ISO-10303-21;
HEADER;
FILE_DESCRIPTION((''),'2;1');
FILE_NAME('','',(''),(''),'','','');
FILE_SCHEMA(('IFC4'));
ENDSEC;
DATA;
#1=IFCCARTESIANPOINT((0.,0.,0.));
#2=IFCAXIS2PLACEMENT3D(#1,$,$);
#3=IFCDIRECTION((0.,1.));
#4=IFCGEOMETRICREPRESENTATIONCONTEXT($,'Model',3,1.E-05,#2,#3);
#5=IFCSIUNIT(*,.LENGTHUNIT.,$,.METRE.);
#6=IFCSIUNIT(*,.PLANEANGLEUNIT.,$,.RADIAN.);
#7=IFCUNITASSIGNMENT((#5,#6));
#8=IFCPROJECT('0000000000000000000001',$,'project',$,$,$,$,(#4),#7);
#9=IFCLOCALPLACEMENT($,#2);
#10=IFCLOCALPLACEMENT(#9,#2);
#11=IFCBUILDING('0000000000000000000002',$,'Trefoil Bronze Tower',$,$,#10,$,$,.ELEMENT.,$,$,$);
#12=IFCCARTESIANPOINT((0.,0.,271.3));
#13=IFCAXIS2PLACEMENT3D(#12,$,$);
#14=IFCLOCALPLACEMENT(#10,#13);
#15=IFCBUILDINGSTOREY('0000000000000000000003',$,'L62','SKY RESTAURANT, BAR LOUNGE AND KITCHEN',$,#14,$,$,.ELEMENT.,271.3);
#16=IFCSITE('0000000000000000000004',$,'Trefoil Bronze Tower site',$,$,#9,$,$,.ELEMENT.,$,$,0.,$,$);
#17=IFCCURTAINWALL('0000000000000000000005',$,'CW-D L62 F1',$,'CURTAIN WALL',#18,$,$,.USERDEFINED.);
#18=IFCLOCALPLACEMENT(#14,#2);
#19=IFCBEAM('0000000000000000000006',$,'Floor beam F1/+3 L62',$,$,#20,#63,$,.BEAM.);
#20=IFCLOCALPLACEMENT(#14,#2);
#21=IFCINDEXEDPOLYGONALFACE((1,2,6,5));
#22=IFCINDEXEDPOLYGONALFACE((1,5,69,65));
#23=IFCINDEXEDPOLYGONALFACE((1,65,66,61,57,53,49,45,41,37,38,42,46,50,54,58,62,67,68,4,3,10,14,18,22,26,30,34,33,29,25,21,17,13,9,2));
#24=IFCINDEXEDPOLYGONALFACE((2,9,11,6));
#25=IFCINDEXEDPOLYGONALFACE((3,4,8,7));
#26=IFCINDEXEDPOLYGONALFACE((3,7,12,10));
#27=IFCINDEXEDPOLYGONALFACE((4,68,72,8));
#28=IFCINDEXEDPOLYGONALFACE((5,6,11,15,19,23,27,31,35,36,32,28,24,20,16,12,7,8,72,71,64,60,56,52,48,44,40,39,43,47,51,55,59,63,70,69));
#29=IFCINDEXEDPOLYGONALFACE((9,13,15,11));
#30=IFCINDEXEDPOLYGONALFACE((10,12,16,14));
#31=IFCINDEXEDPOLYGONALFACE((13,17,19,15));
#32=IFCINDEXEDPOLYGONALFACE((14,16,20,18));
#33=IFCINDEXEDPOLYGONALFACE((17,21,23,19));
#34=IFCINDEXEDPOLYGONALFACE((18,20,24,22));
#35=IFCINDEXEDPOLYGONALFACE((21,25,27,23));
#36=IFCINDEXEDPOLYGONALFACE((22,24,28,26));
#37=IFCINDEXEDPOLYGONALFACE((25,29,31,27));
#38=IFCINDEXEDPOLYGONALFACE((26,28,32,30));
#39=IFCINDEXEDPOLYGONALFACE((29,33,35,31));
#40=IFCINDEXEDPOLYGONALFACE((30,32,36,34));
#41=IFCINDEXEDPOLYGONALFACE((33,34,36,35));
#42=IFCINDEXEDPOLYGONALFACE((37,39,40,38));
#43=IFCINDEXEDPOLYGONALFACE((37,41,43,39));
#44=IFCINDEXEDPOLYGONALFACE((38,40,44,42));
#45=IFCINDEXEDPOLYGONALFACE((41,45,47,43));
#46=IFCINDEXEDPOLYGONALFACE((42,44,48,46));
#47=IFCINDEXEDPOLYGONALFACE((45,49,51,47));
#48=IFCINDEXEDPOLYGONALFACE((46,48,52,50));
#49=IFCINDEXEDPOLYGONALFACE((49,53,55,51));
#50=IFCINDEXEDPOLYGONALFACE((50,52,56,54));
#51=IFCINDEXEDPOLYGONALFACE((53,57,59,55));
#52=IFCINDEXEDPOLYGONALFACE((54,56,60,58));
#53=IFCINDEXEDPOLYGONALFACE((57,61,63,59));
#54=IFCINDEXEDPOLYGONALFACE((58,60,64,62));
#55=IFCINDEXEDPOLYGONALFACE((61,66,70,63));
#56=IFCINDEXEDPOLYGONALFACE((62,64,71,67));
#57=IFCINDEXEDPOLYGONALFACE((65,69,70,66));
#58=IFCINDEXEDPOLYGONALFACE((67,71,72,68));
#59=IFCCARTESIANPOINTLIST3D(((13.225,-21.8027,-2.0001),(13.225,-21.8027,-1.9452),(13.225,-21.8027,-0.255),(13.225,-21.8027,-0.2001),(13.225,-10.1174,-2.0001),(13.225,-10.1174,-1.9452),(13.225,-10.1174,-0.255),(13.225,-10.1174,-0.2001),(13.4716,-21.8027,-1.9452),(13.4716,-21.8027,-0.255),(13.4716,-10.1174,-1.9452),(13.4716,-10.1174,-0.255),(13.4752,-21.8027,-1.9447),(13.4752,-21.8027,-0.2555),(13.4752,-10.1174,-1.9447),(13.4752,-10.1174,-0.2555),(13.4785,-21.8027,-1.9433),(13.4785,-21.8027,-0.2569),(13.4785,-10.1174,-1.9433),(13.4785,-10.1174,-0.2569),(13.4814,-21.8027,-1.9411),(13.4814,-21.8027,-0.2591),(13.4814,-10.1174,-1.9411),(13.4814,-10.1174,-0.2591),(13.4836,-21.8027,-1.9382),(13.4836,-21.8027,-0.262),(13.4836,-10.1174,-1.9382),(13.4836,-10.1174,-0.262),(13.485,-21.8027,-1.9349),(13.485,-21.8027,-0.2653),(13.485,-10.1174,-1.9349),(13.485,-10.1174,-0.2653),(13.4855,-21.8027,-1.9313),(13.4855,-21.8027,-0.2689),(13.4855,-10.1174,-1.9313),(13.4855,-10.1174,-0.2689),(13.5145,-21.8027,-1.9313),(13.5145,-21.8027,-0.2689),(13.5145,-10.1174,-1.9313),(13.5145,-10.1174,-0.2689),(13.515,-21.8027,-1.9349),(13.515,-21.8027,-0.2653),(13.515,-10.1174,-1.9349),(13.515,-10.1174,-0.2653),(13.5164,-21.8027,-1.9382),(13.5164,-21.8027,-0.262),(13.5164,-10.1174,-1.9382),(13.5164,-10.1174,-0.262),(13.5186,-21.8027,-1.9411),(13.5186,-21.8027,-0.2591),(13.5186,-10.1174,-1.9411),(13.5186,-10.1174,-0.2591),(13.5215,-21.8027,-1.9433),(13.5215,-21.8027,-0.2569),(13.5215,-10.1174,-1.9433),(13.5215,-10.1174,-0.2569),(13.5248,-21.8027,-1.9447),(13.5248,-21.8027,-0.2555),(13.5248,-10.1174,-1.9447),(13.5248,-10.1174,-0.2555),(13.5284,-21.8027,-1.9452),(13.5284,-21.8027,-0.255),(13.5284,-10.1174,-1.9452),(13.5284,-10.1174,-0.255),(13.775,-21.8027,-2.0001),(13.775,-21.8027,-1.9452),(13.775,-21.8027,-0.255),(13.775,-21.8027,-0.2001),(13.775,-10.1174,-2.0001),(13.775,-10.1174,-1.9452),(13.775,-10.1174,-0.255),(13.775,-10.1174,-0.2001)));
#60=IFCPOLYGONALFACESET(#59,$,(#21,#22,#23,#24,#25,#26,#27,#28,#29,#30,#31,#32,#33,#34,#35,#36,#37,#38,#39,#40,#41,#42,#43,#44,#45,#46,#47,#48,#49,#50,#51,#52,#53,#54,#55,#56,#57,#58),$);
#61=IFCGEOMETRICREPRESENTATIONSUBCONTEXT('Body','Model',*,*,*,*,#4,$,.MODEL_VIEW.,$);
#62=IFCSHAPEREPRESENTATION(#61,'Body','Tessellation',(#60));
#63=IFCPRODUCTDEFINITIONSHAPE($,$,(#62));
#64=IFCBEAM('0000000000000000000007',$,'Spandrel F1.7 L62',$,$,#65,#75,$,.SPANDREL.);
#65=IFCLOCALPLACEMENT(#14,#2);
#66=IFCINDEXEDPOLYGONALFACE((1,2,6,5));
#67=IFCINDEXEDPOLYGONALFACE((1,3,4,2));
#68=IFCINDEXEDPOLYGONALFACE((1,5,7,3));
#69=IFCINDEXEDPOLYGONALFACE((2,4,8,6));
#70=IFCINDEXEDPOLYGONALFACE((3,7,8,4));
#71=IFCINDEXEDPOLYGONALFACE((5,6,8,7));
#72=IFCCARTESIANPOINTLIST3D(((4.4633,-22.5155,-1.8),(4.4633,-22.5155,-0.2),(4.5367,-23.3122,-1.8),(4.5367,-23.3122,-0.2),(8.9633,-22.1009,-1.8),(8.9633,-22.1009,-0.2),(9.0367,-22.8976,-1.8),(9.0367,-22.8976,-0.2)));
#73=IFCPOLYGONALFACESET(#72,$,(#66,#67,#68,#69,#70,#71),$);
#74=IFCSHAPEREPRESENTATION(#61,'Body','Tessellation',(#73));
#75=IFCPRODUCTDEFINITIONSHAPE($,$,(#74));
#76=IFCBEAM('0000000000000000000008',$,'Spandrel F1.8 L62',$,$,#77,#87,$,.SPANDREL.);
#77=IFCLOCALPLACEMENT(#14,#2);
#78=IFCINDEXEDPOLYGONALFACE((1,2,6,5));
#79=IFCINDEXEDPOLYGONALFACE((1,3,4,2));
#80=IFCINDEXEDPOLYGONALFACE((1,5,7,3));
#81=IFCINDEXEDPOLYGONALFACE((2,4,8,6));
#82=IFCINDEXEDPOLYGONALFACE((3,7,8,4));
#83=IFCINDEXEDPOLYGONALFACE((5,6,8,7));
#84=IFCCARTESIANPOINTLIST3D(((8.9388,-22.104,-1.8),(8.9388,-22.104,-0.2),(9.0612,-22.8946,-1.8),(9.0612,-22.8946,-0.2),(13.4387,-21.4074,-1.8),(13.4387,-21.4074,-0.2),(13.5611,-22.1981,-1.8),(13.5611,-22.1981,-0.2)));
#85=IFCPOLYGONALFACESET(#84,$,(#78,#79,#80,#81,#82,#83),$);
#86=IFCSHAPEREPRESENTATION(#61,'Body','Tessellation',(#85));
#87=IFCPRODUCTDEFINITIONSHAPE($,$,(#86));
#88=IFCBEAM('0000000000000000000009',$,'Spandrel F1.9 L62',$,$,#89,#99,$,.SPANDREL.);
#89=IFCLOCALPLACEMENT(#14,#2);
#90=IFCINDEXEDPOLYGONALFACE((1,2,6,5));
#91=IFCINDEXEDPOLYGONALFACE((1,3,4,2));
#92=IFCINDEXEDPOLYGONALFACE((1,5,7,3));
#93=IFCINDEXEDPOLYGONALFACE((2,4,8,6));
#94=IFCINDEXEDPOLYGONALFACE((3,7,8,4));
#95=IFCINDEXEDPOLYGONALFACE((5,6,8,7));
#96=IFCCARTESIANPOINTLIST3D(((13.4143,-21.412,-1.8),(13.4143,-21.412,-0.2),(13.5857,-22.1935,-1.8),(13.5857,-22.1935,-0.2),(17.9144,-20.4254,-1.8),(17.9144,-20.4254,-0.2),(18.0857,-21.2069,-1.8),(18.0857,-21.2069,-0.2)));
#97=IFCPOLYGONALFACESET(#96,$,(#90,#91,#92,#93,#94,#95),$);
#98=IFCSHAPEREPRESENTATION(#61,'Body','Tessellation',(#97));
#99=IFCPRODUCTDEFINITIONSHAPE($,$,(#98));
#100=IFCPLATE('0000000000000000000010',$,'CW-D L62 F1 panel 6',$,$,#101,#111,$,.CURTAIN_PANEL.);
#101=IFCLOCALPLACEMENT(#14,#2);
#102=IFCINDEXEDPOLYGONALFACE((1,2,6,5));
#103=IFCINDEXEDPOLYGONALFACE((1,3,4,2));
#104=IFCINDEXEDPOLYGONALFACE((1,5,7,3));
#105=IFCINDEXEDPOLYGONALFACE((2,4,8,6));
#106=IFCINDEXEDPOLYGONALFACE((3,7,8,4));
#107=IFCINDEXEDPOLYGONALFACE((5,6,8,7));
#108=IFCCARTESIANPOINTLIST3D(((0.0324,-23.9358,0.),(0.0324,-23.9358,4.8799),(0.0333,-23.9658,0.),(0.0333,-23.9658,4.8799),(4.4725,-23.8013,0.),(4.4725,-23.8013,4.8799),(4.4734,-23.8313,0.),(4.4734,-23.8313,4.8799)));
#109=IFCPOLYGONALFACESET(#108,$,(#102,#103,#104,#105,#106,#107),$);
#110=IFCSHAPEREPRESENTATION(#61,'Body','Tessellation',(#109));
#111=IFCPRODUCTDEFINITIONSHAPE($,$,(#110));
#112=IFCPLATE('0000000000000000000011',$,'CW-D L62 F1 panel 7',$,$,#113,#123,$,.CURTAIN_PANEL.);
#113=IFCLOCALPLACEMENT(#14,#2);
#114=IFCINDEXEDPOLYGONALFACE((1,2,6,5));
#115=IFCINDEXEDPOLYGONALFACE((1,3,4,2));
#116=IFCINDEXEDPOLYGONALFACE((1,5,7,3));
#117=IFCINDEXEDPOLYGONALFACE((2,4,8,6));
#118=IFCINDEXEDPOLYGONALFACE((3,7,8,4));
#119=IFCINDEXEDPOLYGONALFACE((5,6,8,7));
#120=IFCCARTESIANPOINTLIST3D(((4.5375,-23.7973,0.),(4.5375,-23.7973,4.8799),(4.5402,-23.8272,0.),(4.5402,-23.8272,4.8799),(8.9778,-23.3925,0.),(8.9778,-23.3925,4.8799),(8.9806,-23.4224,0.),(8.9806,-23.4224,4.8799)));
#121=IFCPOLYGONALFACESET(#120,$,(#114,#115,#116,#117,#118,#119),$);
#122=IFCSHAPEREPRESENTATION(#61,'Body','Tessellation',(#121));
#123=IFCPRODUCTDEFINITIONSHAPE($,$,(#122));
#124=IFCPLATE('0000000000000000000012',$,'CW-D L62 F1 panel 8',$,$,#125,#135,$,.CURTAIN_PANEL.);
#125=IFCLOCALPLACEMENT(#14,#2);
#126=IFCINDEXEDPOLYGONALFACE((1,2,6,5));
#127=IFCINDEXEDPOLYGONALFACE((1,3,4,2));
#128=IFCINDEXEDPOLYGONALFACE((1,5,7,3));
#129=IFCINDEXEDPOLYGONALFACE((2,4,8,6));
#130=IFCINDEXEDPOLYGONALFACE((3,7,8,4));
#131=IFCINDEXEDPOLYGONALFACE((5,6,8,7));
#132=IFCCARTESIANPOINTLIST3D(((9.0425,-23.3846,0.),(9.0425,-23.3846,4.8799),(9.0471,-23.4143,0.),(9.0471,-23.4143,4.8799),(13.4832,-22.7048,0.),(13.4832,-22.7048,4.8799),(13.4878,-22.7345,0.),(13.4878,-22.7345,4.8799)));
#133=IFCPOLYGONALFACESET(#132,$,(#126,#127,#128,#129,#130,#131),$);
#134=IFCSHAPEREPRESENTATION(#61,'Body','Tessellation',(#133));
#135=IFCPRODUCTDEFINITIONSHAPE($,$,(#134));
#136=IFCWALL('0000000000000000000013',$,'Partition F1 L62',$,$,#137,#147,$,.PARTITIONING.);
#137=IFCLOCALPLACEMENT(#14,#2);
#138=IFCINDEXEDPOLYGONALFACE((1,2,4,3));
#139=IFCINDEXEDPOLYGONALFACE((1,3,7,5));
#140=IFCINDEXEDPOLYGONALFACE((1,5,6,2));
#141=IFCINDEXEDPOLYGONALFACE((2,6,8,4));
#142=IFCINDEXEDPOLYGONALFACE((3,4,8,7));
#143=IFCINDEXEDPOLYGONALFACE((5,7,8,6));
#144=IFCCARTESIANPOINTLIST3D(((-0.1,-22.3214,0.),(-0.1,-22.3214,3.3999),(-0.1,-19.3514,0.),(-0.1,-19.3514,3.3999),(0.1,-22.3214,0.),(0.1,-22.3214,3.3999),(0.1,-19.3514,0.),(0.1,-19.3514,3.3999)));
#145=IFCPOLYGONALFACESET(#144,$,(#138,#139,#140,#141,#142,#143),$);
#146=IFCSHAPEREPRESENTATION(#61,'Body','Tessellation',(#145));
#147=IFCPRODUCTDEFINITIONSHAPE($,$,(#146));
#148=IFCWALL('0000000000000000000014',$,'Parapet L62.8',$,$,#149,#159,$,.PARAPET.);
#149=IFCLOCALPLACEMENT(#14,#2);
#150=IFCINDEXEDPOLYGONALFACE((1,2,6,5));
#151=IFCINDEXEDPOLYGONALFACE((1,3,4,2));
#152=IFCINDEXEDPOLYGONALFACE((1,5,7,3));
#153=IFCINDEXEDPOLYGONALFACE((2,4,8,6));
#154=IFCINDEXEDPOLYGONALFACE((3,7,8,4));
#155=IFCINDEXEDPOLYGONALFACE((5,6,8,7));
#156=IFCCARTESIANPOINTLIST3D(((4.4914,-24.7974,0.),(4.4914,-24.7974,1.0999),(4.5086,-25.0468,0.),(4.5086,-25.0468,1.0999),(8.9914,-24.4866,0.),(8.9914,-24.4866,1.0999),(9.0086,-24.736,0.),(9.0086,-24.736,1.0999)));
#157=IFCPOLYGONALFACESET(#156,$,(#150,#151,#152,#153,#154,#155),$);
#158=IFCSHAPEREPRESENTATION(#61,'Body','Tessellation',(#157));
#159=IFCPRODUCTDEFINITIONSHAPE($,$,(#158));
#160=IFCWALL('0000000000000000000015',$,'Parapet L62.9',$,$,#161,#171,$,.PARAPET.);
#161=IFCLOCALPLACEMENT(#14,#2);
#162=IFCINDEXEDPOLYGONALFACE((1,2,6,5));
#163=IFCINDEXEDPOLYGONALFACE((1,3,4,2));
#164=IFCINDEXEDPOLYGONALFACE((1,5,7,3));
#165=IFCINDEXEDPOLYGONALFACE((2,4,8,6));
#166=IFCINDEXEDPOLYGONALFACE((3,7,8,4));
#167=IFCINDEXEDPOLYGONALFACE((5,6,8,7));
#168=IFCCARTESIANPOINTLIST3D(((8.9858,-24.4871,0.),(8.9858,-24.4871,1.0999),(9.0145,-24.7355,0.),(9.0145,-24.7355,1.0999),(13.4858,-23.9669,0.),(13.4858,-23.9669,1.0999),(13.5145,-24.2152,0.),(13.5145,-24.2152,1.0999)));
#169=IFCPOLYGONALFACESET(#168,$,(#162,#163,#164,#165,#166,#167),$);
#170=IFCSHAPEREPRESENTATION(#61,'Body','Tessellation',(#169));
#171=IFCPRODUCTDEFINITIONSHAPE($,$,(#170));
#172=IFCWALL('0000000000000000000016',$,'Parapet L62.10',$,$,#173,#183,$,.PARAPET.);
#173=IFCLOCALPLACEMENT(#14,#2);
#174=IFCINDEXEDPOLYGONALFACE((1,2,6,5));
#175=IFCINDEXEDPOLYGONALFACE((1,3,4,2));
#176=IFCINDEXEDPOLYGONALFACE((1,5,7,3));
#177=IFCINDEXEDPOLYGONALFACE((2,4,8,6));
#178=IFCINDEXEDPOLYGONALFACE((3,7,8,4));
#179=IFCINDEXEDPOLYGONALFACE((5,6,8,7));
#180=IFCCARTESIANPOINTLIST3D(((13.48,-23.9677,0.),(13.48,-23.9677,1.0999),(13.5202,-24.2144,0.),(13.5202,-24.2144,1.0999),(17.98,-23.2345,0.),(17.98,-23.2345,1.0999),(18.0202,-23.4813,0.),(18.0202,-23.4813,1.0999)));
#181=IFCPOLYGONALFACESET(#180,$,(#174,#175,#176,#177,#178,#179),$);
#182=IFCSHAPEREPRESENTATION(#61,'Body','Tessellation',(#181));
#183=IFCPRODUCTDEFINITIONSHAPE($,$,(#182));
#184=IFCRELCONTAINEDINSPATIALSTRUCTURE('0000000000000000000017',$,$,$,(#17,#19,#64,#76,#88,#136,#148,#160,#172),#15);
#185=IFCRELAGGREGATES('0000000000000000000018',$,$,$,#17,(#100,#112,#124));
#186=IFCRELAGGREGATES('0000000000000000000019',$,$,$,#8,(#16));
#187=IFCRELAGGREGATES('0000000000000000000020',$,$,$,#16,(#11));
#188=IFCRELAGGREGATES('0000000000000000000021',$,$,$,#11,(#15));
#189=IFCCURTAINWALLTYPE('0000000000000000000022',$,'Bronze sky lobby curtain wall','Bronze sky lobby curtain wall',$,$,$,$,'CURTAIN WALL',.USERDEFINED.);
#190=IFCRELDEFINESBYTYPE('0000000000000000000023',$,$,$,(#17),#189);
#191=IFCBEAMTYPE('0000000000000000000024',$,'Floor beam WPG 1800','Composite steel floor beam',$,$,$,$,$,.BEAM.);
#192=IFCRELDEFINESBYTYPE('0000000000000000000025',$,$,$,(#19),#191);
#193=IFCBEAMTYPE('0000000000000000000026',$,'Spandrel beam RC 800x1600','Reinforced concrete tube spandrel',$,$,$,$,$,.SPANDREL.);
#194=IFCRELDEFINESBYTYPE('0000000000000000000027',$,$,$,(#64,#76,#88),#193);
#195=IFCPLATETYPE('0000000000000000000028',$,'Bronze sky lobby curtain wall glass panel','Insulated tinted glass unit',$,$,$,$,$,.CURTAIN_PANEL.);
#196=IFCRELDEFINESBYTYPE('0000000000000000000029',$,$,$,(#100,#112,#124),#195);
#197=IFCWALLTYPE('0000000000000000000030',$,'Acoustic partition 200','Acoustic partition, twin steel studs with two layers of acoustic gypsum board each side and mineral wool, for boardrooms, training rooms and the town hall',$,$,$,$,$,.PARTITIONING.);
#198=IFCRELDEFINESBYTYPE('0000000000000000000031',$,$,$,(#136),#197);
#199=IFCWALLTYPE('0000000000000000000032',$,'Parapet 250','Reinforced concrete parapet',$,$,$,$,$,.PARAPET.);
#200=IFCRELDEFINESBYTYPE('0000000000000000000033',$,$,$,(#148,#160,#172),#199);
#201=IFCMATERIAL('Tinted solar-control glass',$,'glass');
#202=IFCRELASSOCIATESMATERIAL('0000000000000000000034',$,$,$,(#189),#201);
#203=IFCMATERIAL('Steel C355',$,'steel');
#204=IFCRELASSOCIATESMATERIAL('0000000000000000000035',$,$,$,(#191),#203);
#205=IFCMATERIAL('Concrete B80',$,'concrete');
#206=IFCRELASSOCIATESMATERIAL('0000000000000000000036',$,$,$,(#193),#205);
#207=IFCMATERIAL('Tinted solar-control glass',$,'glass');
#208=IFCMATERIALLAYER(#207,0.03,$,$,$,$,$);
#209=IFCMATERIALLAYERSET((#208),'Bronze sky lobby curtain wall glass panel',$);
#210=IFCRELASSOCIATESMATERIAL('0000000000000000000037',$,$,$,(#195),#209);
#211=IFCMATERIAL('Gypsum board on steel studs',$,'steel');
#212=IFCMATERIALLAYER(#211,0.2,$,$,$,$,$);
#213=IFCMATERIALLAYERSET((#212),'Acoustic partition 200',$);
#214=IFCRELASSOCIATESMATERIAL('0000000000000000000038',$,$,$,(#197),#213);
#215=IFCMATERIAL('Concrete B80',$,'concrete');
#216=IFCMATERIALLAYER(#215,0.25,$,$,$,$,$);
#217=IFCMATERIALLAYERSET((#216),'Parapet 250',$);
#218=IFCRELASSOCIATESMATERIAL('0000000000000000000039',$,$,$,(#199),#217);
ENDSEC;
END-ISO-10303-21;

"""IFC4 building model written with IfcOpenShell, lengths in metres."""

from ifc_helpers import new_model, si_unit, direction, frame, frame_2d, origin, origin_2d, place, context, subcontext, project, spatial, rectangle, i_section, extrude, material, layer, layer_set, material_profile, profile_set, type_object, element, aggregate, save


model = new_model("IFC4")

# Units and contexts
model_context = context("Model", 3, precision=1e-05, world=origin(), true_north=direction((0.0, 1.0)))
body_context = subcontext(model_context, "Body", "Model", "MODEL_VIEW")
ifc_project = project(units=[si_unit("LENGTHUNIT", "METRE"), si_unit("PLANEANGLEUNIT", "RADIAN")], contexts=[model_context])

# Site, building, storey
site_placement = place(None, origin())
site = spatial("IfcSite", under=ifc_project, at=site_placement, Name="Trefoil Bronze Tower site", CompositionType="ELEMENT", RefElevation=0.0)
building_placement = place(site_placement, origin())
building = spatial("IfcBuilding", under=site, at=building_placement, Name="Trefoil Bronze Tower", CompositionType="ELEMENT")
storey_placement = place(building_placement, frame((0.0, 0.0, 271.3)))
storey = spatial("IfcBuildingStorey", under=building, at=storey_placement, Name="L62", Description="SKY RESTAURANT, BAR LOUNGE AND KITCHEN", CompositionType="ELEMENT", Elevation=271.3)

# Curtain wall
ifc_material_1 = material(Name="Tinted solar-control glass", Category="glass")
curtain_wall_type = type_object("IfcCurtainWallType", Name="Bronze sky lobby curtain wall", Description="Bronze sky lobby curtain wall", ElementType="CURTAIN WALL", PredefinedType="USERDEFINED", material=ifc_material_1)
curtain_wall_placement = place(storey_placement, origin())
curtain_wall = element("IfcCurtainWall", 1, at=curtain_wall_placement, inside=storey, type_object=curtain_wall_type, Name="CW-D L62 F1", ObjectType="CURTAIN WALL", PredefinedType="USERDEFINED")

# Beams
ifc_material_2 = material(Name="Steel C355", Category="steel")
ifc_material_profile_1 = material_profile(ifc_material_2, i_section(OverallWidth=0.55, OverallDepth=1.8, WebThickness=0.0291, FlangeThickness=0.0549, FilletRadius=0.0139, at=origin_2d()), Name="WPG 1800")
ifc_profile_set_1 = profile_set([ifc_material_profile_1], Name="Steel C355")
beam_type_1 = type_object("IfcBeamType", Name="Floor beam WPG 1800", Description="Composite steel floor beam", PredefinedType="BEAM", material=ifc_profile_set_1)
beam_1_placement = place(storey_placement, frame((13.5, -21.8027, -1.1001), z_axis=(0.0, 1.0, 0.0), x_axis=(-1.0, 0.0, 0.0)))
element("IfcBeam", 2, at=beam_1_placement, inside=storey, type_object=beam_type_1, Name="Floor beam F1/+3 L62", PredefinedType="BEAM", context=body_context, shape_type="SweptSolid", body=[
    extrude(i_section(OverallWidth=0.55, OverallDepth=1.8, WebThickness=0.0291, FlangeThickness=0.0549, FilletRadius=0.0139, at=origin_2d()), origin(), (0.0, 0.0, 1.0), 11.6853),
])
ifc_material_3 = material(Name="Concrete B80", Category="concrete")
ifc_material_profile_2 = material_profile(ifc_material_3, rectangle(XDim=0.8, YDim=1.6001, at=origin_2d()), Name="RC 800x1600")
ifc_profile_set_2 = profile_set([ifc_material_profile_2], Name="Concrete B80")
beam_type_2 = type_object("IfcBeamType", Name="Spandrel beam RC 800x1600", Description="Reinforced concrete tube spandrel", PredefinedType="SPANDREL", material=ifc_profile_set_2)
beam_2_placement = place(storey_placement, frame((4.5, -22.9138, -1.0), z_axis=(0.995784, 0.091734, 0.0), x_axis=(-0.091734, 0.995784, 0.0)))
element("IfcBeam", 3, at=beam_2_placement, inside=storey, type_object=beam_type_2, Name="Spandrel F1.7 L62", PredefinedType="SPANDREL", context=body_context, shape_type="SweptSolid", body=[
    extrude(rectangle(XDim=0.8, YDim=1.6001, at=origin_2d()), origin(), (0.0, 0.0, 1.0), 4.519),
])
beam_3_placement = place(storey_placement, frame((9.0, -22.4993, -1.0), z_axis=(0.988232, 0.152964, 0.0), x_axis=(-0.152964, 0.988232, 0.0)))
element("IfcBeam", 4, at=beam_3_placement, inside=storey, type_object=beam_type_2, Name="Spandrel F1.8 L62", PredefinedType="SPANDREL", context=body_context, shape_type="SweptSolid", body=[
    extrude(rectangle(XDim=0.8, YDim=1.6001, at=origin_2d()), origin(), (0.0, 0.0, 1.0), 4.5535),
])
beam_4_placement = place(storey_placement, frame((13.5, -21.8027, -1.0), z_axis=(0.9768, 0.214152, 0.0), x_axis=(-0.214152, 0.9768, 0.0)))
element("IfcBeam", 5, at=beam_4_placement, inside=storey, type_object=beam_type_2, Name="Spandrel F1.9 L62", PredefinedType="SPANDREL", context=body_context, shape_type="SweptSolid", body=[
    extrude(rectangle(XDim=0.8, YDim=1.6001, at=origin_2d()), origin(), (0.0, 0.0, 1.0), 4.6069),
])

# Plates
ifc_material_4 = material(Name="Tinted solar-control glass", Category="glass")
ifc_layer_1 = layer(ifc_material_4, 0.03)
ifc_layer_set_1 = layer_set([ifc_layer_1], Name="Bronze sky lobby curtain wall glass panel")
plate_type = type_object("IfcPlateType", Name="Bronze sky lobby curtain wall glass panel", Description="Insulated tinted glass unit", PredefinedType="CURTAIN_PANEL", material=ifc_layer_set_1)
plate_1_placement = place(storey_placement, frame((2.2529, -23.8835, 0.0), z_axis=(0.0, 0.0, 1.0), x_axis=(0.999542, 0.030263, 0.0)))
plate_1 = element("IfcPlate", 6, at=plate_1_placement, type_object=plate_type, Name="CW-D L62 F1 panel 6", PredefinedType="CURTAIN_PANEL", context=body_context, shape_type="SweptSolid", body=[
    extrude(rectangle(XDim=4.4421, YDim=0.03, at=origin_2d()), origin(), (0.0, 0.0, 1.0), 4.8799),
])
plate_2_placement = place(storey_placement, frame((6.759, -23.6099, 0.0), z_axis=(0.0, 0.0, 1.0), x_axis=(0.99587, 0.090789, 0.0)))
plate_2 = element("IfcPlate", 7, at=plate_2_placement, type_object=plate_type, Name="CW-D L62 F1 panel 7", PredefinedType="CURTAIN_PANEL", context=body_context, shape_type="SweptSolid", body=[
    extrude(rectangle(XDim=4.4587, YDim=0.03, at=origin_2d()), origin(), (0.0, 0.0, 1.0), 4.8799),
])
plate_3_placement = place(storey_placement, frame((11.2651, -23.0596, 0.0), z_axis=(0.0, 0.0, 1.0), x_axis=(0.988485, 0.151317, 0.0)))
plate_3 = element("IfcPlate", 8, at=plate_3_placement, type_object=plate_type, Name="CW-D L62 F1 panel 8", PredefinedType="CURTAIN_PANEL", context=body_context, shape_type="SweptSolid", body=[
    extrude(rectangle(XDim=4.4924, YDim=0.03, at=origin_2d()), origin(), (0.0, 0.0, 1.0), 4.8799),
])
aggregate(curtain_wall, [plate_1, plate_2, plate_3])

# Walls
ifc_material_5 = material(Name="Gypsum board on steel studs", Category="steel")
ifc_layer_2 = layer(ifc_material_5, 0.2)
ifc_layer_set_2 = layer_set([ifc_layer_2], Name="Acoustic partition 200")
wall_type_1 = type_object("IfcWallType", Name="Acoustic partition 200", Description="Acoustic partition, twin steel studs with two layers of acoustic gypsum board each side and mineral wool, for boardrooms, training rooms and the town hall", PredefinedType="PARTITIONING", material=ifc_layer_set_2)
wall_1_placement = place(storey_placement, frame((0.0, -19.3516, 0.0), z_axis=(0.0, 0.0, 1.0), x_axis=(0.0, -1.0, 0.0)))
element("IfcWall", 9, at=wall_1_placement, inside=storey, type_object=wall_type_1, Name="Partition F1 L62", PredefinedType="PARTITIONING", context=body_context, shape_type="SweptSolid", body=[
    extrude(rectangle(XDim=2.97, YDim=0.2, at=frame_2d((1.4849, 0.0))), origin(), (0.0, 0.0, 1.0), 3.3999),
])
ifc_material_6 = material(Name="Concrete B80", Category="concrete")
ifc_layer_3 = layer(ifc_material_6, 0.25)
ifc_layer_set_3 = layer_set([ifc_layer_3], Name="Parapet 250")
wall_type_2 = type_object("IfcWallType", Name="Parapet 250", Description="Reinforced concrete parapet", PredefinedType="PARAPET", material=ifc_layer_set_3)
wall_2_placement = place(storey_placement, frame((4.5, -24.9221, 0.0), z_axis=(0.0, 0.0, 1.0), x_axis=(0.997624, 0.068901, 0.0)))
element("IfcWall", 10, at=wall_2_placement, inside=storey, type_object=wall_type_2, Name="Parapet L62.8", PredefinedType="PARAPET", context=body_context, shape_type="SweptSolid", body=[
    extrude(rectangle(XDim=4.5107, YDim=0.25, at=frame_2d((2.2554, 0.0))), origin(), (0.0, 0.0, 1.0), 1.0999),
])
wall_3_placement = place(storey_placement, frame((9.0, -24.6113, 0.0), z_axis=(0.0, 0.0, 1.0), x_axis=(0.993383, 0.114849, 0.0)))
element("IfcWall", 11, at=wall_3_placement, inside=storey, type_object=wall_type_2, Name="Parapet L62.9", PredefinedType="PARAPET", context=body_context, shape_type="SweptSolid", body=[
    extrude(rectangle(XDim=4.53, YDim=0.25, at=frame_2d((2.2651, 0.0))), origin(), (0.0, 0.0, 1.0), 1.0999),
])
wall_4_placement = place(storey_placement, frame((13.5, -24.0911, 0.0), z_axis=(0.0, 0.0, 1.0), x_axis=(0.986987, 0.160803, 0.0)))
element("IfcWall", 12, at=wall_4_placement, inside=storey, type_object=wall_type_2, Name="Parapet L62.10", PredefinedType="PARAPET", context=body_context, shape_type="SweptSolid", body=[
    extrude(rectangle(XDim=4.5593, YDim=0.25, at=frame_2d((2.2798, 0.0))), origin(), (0.0, 0.0, 1.0), 1.0999),
])

save(model, "model.ifc")
